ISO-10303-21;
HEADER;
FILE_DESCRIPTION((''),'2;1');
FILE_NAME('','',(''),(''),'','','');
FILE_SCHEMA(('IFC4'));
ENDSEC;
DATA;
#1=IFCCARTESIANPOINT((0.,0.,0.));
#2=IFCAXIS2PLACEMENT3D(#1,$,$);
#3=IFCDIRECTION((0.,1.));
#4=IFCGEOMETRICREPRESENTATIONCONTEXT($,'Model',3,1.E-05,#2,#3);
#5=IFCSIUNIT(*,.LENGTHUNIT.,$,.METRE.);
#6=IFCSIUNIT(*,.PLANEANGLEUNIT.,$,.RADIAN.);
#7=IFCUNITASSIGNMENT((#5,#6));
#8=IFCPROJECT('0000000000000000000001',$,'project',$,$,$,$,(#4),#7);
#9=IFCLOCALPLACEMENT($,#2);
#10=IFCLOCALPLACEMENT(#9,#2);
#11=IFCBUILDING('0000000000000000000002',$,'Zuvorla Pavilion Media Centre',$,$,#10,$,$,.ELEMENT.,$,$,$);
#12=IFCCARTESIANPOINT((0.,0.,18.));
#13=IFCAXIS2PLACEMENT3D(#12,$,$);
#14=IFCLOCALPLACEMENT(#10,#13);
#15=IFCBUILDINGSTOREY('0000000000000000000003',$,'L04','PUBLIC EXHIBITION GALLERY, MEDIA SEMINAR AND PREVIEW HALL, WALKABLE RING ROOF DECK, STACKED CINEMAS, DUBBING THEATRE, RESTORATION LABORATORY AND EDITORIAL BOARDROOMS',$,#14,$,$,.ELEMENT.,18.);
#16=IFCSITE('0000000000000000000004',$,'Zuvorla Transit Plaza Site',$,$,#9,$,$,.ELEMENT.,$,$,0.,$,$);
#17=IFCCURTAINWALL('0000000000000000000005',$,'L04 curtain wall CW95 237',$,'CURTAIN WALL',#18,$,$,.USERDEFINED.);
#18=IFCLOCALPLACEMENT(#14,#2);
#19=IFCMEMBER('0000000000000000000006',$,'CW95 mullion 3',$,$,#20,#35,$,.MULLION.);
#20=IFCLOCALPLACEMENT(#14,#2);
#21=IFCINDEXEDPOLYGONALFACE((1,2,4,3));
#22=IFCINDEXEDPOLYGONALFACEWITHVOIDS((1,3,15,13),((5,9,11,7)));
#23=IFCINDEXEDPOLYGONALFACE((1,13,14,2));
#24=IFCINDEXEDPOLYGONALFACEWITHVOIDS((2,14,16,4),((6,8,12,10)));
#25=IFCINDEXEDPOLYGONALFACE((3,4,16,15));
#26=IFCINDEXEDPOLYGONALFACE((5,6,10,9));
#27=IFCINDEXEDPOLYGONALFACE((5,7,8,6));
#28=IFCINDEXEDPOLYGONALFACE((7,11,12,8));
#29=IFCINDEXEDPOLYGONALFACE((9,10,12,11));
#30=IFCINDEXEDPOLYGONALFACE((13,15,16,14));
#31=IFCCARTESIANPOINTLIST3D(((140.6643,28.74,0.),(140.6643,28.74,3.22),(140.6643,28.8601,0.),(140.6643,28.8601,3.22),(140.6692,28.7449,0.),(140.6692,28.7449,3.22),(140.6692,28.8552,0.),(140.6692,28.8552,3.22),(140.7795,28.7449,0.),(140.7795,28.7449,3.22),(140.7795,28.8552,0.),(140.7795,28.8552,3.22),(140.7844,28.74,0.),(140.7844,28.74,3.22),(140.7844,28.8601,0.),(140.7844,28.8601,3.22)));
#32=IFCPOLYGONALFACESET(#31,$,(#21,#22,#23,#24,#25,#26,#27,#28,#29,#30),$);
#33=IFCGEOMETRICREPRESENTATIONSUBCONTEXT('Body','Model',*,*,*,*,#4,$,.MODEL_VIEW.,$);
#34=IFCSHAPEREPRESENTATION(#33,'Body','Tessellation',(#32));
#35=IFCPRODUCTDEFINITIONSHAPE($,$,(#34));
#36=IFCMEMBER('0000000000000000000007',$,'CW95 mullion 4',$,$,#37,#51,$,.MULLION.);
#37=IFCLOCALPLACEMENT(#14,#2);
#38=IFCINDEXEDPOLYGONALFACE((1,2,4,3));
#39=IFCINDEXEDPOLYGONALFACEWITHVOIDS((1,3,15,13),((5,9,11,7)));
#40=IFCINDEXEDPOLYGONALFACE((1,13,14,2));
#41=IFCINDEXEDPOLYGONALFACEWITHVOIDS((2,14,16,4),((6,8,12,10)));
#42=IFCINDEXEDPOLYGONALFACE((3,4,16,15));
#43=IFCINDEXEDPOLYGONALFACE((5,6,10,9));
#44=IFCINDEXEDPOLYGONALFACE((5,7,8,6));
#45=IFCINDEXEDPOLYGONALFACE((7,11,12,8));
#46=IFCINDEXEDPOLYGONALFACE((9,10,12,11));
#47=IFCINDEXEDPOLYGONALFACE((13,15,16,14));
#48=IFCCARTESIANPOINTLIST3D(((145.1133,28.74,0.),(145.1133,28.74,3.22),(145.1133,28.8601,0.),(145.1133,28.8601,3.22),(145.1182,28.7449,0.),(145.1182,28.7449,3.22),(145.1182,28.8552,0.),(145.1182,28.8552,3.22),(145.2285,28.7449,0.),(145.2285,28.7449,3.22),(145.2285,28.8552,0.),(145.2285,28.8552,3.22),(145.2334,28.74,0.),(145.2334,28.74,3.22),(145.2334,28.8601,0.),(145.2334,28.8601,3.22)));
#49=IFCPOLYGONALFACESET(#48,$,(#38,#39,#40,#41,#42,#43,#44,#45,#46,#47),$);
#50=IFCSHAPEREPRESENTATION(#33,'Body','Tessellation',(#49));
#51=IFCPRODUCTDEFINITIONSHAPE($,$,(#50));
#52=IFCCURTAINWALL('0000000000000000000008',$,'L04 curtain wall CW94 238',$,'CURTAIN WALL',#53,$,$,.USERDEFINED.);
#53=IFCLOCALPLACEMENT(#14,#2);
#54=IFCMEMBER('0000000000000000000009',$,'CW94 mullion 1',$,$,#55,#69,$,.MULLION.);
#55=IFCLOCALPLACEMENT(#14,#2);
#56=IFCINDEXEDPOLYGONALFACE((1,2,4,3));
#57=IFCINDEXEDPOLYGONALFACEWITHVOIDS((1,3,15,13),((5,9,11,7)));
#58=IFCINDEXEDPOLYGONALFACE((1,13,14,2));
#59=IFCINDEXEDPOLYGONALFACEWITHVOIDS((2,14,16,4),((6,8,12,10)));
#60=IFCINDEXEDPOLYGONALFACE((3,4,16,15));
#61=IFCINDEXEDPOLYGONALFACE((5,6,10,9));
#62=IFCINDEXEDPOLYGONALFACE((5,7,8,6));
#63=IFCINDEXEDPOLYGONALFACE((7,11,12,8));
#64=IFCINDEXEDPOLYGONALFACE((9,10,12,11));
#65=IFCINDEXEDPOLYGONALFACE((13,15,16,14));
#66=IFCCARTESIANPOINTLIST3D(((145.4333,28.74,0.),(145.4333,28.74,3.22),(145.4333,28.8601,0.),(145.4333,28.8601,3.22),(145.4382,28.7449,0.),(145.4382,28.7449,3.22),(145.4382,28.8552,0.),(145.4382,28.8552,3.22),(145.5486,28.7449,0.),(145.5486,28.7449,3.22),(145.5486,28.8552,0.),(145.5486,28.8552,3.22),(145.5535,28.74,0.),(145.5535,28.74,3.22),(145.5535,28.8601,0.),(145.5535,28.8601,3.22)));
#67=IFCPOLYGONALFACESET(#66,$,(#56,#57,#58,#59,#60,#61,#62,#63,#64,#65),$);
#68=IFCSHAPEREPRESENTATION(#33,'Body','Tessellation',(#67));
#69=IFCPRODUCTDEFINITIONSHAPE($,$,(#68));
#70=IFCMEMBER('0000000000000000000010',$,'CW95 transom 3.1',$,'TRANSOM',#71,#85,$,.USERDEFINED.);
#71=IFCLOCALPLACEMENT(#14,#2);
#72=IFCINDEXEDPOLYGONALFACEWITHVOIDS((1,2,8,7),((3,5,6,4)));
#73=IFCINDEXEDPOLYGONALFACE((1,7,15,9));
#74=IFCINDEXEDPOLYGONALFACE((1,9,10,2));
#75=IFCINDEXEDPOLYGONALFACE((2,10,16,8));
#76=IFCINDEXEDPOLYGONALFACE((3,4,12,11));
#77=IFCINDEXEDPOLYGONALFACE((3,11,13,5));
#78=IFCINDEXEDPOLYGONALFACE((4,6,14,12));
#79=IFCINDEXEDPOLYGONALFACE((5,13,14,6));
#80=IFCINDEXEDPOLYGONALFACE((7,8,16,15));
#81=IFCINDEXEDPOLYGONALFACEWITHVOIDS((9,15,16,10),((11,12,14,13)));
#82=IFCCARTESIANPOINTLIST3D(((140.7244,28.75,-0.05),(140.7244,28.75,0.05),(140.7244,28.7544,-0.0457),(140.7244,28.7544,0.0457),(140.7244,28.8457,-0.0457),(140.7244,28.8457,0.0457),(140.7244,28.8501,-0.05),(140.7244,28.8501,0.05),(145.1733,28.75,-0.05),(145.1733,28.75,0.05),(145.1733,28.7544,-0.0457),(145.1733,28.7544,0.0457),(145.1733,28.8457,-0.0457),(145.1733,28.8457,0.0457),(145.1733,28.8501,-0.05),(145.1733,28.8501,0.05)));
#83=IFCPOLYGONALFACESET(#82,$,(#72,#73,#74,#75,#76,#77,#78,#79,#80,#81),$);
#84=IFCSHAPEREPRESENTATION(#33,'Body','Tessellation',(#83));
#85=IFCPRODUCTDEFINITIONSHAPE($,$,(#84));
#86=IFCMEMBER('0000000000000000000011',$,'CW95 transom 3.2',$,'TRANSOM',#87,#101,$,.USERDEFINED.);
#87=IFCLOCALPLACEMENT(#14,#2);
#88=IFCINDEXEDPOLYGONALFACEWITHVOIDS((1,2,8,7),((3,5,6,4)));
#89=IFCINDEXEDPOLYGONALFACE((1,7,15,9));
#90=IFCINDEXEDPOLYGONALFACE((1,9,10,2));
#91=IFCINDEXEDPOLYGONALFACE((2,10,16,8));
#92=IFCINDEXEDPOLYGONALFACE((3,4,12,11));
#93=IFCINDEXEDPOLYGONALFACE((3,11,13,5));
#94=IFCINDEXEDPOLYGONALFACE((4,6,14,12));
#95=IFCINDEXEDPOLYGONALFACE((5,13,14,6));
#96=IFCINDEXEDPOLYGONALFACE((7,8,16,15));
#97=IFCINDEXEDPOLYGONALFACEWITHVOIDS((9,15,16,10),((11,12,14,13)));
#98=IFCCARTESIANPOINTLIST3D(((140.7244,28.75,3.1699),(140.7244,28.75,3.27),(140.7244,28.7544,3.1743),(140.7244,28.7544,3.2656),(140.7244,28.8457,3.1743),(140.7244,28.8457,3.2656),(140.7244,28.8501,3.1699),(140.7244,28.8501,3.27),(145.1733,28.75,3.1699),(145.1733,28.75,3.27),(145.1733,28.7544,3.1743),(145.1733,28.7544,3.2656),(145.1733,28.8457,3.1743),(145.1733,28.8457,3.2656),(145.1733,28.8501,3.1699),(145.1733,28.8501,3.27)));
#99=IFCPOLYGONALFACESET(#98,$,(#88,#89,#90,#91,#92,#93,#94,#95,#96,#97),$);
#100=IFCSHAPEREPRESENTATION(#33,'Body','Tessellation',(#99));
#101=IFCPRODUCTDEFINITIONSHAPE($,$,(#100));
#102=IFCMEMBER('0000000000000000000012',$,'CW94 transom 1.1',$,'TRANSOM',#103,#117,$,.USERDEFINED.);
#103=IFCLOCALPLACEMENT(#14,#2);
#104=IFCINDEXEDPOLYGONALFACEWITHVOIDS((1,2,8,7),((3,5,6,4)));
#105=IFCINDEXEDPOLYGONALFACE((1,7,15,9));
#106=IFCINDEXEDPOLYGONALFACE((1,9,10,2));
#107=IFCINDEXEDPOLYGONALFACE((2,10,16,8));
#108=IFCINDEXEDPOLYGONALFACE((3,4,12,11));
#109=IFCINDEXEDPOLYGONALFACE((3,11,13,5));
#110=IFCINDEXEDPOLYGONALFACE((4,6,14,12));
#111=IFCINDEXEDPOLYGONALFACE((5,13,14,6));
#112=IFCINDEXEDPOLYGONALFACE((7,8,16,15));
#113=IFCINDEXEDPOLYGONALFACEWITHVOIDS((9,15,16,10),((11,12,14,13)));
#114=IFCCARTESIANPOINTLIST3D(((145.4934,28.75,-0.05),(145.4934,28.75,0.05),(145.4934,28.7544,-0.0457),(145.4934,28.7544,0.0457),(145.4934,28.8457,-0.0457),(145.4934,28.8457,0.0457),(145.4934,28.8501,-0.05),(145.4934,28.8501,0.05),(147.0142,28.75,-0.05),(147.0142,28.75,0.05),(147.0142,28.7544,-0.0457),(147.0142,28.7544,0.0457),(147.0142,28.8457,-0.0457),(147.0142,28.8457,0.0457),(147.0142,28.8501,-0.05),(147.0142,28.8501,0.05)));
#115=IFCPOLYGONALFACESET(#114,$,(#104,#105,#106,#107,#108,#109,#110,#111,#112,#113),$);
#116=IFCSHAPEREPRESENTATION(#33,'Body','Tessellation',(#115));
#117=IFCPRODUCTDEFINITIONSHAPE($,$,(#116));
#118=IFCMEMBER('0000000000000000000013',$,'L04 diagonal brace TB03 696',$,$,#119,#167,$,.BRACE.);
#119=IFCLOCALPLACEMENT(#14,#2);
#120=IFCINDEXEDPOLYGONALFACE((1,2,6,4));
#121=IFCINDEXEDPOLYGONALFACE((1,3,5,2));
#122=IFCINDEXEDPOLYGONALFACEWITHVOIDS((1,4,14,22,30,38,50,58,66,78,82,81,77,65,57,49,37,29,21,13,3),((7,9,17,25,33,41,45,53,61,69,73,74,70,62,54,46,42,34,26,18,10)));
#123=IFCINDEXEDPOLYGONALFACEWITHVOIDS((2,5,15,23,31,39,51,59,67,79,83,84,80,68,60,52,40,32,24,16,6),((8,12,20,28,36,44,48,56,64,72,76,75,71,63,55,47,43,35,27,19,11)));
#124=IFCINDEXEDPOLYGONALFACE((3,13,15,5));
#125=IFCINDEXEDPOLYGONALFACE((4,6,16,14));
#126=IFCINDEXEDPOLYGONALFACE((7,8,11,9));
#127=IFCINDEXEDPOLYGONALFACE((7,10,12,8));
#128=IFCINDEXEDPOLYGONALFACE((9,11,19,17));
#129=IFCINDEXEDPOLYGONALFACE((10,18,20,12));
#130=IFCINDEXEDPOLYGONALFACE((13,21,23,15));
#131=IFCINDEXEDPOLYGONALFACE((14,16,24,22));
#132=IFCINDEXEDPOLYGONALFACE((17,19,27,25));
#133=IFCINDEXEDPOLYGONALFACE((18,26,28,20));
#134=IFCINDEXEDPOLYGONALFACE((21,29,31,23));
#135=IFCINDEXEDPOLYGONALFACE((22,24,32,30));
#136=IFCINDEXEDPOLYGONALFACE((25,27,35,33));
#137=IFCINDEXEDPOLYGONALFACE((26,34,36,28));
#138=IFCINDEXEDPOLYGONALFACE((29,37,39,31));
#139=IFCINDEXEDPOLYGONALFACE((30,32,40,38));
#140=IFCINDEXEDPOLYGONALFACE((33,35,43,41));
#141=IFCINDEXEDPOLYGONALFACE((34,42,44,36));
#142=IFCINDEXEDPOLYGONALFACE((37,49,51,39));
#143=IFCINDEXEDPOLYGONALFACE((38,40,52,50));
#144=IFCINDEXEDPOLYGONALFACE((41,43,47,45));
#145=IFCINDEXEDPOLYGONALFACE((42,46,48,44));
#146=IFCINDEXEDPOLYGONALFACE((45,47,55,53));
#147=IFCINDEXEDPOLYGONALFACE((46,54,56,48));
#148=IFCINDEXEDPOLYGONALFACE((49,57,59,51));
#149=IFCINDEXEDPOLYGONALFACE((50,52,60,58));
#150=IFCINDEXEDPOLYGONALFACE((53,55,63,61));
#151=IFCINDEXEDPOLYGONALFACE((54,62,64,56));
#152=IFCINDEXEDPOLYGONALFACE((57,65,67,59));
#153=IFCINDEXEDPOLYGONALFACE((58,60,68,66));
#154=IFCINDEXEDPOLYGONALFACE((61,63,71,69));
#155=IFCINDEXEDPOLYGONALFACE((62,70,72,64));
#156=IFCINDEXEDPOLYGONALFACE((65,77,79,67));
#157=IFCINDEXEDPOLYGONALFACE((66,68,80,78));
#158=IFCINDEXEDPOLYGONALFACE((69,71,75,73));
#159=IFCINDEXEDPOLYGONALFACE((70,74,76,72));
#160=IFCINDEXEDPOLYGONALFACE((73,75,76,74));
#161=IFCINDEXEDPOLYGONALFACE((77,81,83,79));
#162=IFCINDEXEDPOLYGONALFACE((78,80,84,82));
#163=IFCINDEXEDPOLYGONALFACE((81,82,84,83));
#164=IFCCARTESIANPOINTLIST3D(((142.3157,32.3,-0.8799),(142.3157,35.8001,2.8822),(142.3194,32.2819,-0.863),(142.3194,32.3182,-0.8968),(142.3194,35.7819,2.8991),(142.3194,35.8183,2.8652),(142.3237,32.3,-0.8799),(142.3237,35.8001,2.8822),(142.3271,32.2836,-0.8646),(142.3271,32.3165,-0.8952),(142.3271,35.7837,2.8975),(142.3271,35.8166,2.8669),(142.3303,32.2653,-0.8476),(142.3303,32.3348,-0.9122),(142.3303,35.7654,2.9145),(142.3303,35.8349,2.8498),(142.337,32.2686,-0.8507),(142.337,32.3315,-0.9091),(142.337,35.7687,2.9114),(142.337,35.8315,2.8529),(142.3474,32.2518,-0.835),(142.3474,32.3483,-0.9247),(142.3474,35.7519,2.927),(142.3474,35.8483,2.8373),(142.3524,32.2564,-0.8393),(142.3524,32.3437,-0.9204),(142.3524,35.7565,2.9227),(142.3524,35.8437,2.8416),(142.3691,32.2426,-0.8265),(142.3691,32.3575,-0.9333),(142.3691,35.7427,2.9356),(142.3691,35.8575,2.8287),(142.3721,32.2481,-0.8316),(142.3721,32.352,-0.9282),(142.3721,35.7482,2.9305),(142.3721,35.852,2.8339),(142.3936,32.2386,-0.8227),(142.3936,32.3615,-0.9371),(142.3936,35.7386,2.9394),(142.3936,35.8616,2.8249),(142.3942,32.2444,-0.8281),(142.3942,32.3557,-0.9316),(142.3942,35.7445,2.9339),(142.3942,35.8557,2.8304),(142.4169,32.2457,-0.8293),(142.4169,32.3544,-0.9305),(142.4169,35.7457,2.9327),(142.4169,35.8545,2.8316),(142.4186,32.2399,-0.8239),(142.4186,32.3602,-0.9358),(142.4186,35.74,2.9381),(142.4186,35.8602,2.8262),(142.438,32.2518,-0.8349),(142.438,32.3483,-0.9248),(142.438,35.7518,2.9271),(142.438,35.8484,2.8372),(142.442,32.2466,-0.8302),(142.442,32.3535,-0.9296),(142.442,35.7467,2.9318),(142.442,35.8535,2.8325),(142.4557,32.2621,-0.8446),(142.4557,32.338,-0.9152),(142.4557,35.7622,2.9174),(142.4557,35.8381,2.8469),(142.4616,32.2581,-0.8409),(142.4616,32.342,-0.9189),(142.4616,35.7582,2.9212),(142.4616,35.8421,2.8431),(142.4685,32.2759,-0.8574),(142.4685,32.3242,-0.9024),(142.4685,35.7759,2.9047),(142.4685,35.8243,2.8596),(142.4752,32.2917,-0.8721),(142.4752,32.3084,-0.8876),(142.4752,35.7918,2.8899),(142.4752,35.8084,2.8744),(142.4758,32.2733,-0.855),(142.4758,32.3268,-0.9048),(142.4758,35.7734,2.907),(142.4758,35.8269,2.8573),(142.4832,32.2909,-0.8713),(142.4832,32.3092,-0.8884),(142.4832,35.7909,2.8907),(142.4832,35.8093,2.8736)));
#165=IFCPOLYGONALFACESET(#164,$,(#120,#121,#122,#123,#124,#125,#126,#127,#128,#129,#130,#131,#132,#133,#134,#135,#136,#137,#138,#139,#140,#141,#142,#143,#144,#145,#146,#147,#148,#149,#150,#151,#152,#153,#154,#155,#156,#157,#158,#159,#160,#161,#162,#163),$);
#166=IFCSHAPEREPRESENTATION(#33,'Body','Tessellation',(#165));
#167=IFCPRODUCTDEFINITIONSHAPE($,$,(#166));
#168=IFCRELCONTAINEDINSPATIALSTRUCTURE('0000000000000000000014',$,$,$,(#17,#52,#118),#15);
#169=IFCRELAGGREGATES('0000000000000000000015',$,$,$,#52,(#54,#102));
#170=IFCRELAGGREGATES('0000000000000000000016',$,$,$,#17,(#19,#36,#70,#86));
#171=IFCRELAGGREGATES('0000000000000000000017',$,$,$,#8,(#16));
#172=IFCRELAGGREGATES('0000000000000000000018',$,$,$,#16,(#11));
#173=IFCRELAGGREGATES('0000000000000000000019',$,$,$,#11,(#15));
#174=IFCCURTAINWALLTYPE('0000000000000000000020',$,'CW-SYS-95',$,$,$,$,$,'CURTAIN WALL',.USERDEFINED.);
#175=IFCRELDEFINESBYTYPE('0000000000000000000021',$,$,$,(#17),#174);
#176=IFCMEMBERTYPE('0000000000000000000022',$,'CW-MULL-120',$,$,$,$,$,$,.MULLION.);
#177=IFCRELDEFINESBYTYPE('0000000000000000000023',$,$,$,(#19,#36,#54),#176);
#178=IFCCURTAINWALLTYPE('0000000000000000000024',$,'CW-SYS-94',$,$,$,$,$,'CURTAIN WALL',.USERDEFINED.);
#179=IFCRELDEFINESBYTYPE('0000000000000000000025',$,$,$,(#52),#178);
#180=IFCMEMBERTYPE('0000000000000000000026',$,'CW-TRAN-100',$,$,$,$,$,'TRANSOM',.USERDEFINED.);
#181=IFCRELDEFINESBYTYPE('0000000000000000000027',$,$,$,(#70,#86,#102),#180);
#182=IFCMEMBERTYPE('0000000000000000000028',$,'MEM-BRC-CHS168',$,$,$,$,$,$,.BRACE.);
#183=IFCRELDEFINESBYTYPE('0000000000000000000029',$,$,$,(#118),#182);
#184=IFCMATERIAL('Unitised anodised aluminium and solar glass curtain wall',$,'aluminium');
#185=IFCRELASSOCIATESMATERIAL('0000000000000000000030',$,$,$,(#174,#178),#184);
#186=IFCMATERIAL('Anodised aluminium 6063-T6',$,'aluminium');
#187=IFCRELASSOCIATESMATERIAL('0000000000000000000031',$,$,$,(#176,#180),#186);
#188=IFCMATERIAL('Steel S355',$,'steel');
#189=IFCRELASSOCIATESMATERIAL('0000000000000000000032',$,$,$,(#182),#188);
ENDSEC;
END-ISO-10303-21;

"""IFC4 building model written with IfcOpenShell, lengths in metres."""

from ifc_helpers import new_model, si_unit, direction, frame, origin, origin_2d, place, context, subcontext, project, spatial, hollow_rectangle, hollow_circle, extrude, material, material_profile, profile_set, type_object, element, aggregate, save


model = new_model("IFC4")

# Units and contexts
model_context = context("Model", 3, precision=1e-05, world=origin(), true_north=direction((0.0, 1.0)))
body_context = subcontext(model_context, "Body", "Model", "MODEL_VIEW")
ifc_project = project(units=[si_unit("LENGTHUNIT", "METRE"), si_unit("PLANEANGLEUNIT", "RADIAN")], contexts=[model_context])

# Site, building, storey
site_placement = place(None, origin())
site = spatial("IfcSite", under=ifc_project, at=site_placement, Name="Zuvorla Transit Plaza Site", CompositionType="ELEMENT", RefElevation=0.0)
building_placement = place(site_placement, origin())
building = spatial("IfcBuilding", under=site, at=building_placement, Name="Zuvorla Pavilion Media Centre", CompositionType="ELEMENT")
storey_placement = place(building_placement, frame((0.0, 0.0, 18.0)))
storey = spatial("IfcBuildingStorey", under=building, at=storey_placement, Name="L04", Description="PUBLIC EXHIBITION GALLERY, MEDIA SEMINAR AND PREVIEW HALL, WALKABLE RING ROOF DECK, STACKED CINEMAS, DUBBING THEATRE, RESTORATION LABORATORY AND EDITORIAL BOARDROOMS", CompositionType="ELEMENT", Elevation=18.0)

# Curtain wall, members
ifc_material_1 = material(Name="Unitised anodised aluminium and solar glass curtain wall", Category="aluminium")
curtain_wall_type_1 = type_object("IfcCurtainWallType", Name="CW-SYS-95", ElementType="CURTAIN WALL", PredefinedType="USERDEFINED", material=ifc_material_1)
curtain_wall_1_placement = place(storey_placement, origin())
curtain_wall_1 = element("IfcCurtainWall", 1, at=curtain_wall_1_placement, inside=storey, type_object=curtain_wall_type_1, Name="L04 curtain wall CW95 237", ObjectType="CURTAIN WALL", PredefinedType="USERDEFINED")
ifc_material_2 = material(Name="Anodised aluminium 6063-T6", Category="aluminium")
ifc_material_profile_1 = material_profile(ifc_material_2, hollow_rectangle(XDim=0.1201, YDim=0.1201, WallThickness=0.0049, at=origin_2d()), Name="ALU MULL 120x120")
ifc_profile_set_1 = profile_set([ifc_material_profile_1], Name="Anodised aluminium 6063-T6")
member_type_1 = type_object("IfcMemberType", Name="CW-MULL-120", PredefinedType="MULLION", material=ifc_profile_set_1)
member_1_placement = place(storey_placement, frame((140.7244, 28.8, 0.0), z_axis=(0.0, 0.0, 1.0), x_axis=(1.0, 0.0, 0.0)))
member_1 = element("IfcMember", 2, at=member_1_placement, type_object=member_type_1, Name="CW95 mullion 3", PredefinedType="MULLION", context=body_context, shape_type="SweptSolid", body=[
    extrude(hollow_rectangle(XDim=0.1201, YDim=0.1201, WallThickness=0.0049, at=origin_2d()), origin(), (0.0, 0.0, 1.0), 3.22),
])
member_2_placement = place(storey_placement, frame((145.1733, 28.8, 0.0), z_axis=(0.0, 0.0, 1.0), x_axis=(1.0, 0.0, 0.0)))
member_2 = element("IfcMember", 3, at=member_2_placement, type_object=member_type_1, Name="CW95 mullion 4", PredefinedType="MULLION", context=body_context, shape_type="SweptSolid", body=[
    extrude(hollow_rectangle(XDim=0.1201, YDim=0.1201, WallThickness=0.0049, at=origin_2d()), origin(), (0.0, 0.0, 1.0), 3.22),
])

# Curtain wall, member
curtain_wall_type_2 = type_object("IfcCurtainWallType", Name="CW-SYS-94", ElementType="CURTAIN WALL", PredefinedType="USERDEFINED", material=ifc_material_1)
curtain_wall_2_placement = place(storey_placement, origin())
curtain_wall_2 = element("IfcCurtainWall", 4, at=curtain_wall_2_placement, inside=storey, type_object=curtain_wall_type_2, Name="L04 curtain wall CW94 238", ObjectType="CURTAIN WALL", PredefinedType="USERDEFINED")
member_3_placement = place(storey_placement, frame((145.4934, 28.8, 0.0), z_axis=(0.0, 0.0, 1.0), x_axis=(1.0, 0.0, 0.0)))
member_3 = element("IfcMember", 5, at=member_3_placement, type_object=member_type_1, Name="CW94 mullion 1", PredefinedType="MULLION", context=body_context, shape_type="SweptSolid", body=[
    extrude(hollow_rectangle(XDim=0.1201, YDim=0.1201, WallThickness=0.0049, at=origin_2d()), origin(), (0.0, 0.0, 1.0), 3.22),
])

# Members
ifc_material_profile_2 = material_profile(ifc_material_2, hollow_rectangle(XDim=0.1001, YDim=0.1001, WallThickness=0.0044, at=origin_2d()), Name="ALU TRAN 100x100")
ifc_profile_set_2 = profile_set([ifc_material_profile_2], Name="Anodised aluminium 6063-T6")
member_type_2 = type_object("IfcMemberType", Name="CW-TRAN-100", ElementType="TRANSOM", PredefinedType="USERDEFINED", material=ifc_profile_set_2)
member_4_placement = place(storey_placement, frame((140.7244, 28.8, 0.0), z_axis=(1.0, 0.0, 0.0), x_axis=(0.0, 1.0, 0.0)))
member_4 = element("IfcMember", 6, at=member_4_placement, type_object=member_type_2, Name="CW95 transom 3.1", ObjectType="TRANSOM", PredefinedType="USERDEFINED", context=body_context, shape_type="SweptSolid", body=[
    extrude(hollow_rectangle(XDim=0.1001, YDim=0.1001, WallThickness=0.0044, at=origin_2d()), origin(), (0.0, 0.0, 1.0), 4.449),
])
member_5_placement = place(storey_placement, frame((140.7244, 28.8, 3.22), z_axis=(1.0, 0.0, 0.0), x_axis=(0.0, 1.0, 0.0)))
member_5 = element("IfcMember", 7, at=member_5_placement, type_object=member_type_2, Name="CW95 transom 3.2", ObjectType="TRANSOM", PredefinedType="USERDEFINED", context=body_context, shape_type="SweptSolid", body=[
    extrude(hollow_rectangle(XDim=0.1001, YDim=0.1001, WallThickness=0.0044, at=origin_2d()), origin(), (0.0, 0.0, 1.0), 4.449),
])
member_6_placement = place(storey_placement, frame((145.4934, 28.8, 0.0), z_axis=(1.0, 0.0, 0.0), x_axis=(0.0, 1.0, 0.0)))
member_6 = element("IfcMember", 8, at=member_6_placement, type_object=member_type_2, Name="CW94 transom 1.1", ObjectType="TRANSOM", PredefinedType="USERDEFINED", context=body_context, shape_type="SweptSolid", body=[
    extrude(hollow_rectangle(XDim=0.1001, YDim=0.1001, WallThickness=0.0044, at=origin_2d()), origin(), (0.0, 0.0, 1.0), 1.5208),
])
aggregate(curtain_wall_2, [member_3, member_6])

# Member
ifc_material_3 = material(Name="Steel S355", Category="steel")
ifc_material_profile_3 = material_profile(ifc_material_3, hollow_circle(Radius=0.0842, WallThickness=0.0081, at=origin_2d()), Name="CHS 168.3x8")
ifc_profile_set_3 = profile_set([ifc_material_profile_3], Name="Steel S355")
member_type_3 = type_object("IfcMemberType", Name="MEM-BRC-CHS168", PredefinedType="BRACE", material=ifc_profile_set_3)
member_7_placement = place(storey_placement, frame((142.3999, 32.3, -0.8799), z_axis=(0.0, 0.681156, 0.732138), x_axis=(-1.0, 0.0, 0.0)))
element("IfcMember", 9, at=member_7_placement, inside=storey, type_object=member_type_3, Name="L04 diagonal brace TB03 696", PredefinedType="BRACE", context=body_context, shape_type="SweptSolid", body=[
    extrude(hollow_circle(Radius=0.0842, WallThickness=0.0081, at=origin_2d()), origin(), (0.0, 0.0, 1.0), 5.1384),
])

aggregate(curtain_wall_1, [member_1, member_2, member_4, member_5])

save(model, "model.ifc")
